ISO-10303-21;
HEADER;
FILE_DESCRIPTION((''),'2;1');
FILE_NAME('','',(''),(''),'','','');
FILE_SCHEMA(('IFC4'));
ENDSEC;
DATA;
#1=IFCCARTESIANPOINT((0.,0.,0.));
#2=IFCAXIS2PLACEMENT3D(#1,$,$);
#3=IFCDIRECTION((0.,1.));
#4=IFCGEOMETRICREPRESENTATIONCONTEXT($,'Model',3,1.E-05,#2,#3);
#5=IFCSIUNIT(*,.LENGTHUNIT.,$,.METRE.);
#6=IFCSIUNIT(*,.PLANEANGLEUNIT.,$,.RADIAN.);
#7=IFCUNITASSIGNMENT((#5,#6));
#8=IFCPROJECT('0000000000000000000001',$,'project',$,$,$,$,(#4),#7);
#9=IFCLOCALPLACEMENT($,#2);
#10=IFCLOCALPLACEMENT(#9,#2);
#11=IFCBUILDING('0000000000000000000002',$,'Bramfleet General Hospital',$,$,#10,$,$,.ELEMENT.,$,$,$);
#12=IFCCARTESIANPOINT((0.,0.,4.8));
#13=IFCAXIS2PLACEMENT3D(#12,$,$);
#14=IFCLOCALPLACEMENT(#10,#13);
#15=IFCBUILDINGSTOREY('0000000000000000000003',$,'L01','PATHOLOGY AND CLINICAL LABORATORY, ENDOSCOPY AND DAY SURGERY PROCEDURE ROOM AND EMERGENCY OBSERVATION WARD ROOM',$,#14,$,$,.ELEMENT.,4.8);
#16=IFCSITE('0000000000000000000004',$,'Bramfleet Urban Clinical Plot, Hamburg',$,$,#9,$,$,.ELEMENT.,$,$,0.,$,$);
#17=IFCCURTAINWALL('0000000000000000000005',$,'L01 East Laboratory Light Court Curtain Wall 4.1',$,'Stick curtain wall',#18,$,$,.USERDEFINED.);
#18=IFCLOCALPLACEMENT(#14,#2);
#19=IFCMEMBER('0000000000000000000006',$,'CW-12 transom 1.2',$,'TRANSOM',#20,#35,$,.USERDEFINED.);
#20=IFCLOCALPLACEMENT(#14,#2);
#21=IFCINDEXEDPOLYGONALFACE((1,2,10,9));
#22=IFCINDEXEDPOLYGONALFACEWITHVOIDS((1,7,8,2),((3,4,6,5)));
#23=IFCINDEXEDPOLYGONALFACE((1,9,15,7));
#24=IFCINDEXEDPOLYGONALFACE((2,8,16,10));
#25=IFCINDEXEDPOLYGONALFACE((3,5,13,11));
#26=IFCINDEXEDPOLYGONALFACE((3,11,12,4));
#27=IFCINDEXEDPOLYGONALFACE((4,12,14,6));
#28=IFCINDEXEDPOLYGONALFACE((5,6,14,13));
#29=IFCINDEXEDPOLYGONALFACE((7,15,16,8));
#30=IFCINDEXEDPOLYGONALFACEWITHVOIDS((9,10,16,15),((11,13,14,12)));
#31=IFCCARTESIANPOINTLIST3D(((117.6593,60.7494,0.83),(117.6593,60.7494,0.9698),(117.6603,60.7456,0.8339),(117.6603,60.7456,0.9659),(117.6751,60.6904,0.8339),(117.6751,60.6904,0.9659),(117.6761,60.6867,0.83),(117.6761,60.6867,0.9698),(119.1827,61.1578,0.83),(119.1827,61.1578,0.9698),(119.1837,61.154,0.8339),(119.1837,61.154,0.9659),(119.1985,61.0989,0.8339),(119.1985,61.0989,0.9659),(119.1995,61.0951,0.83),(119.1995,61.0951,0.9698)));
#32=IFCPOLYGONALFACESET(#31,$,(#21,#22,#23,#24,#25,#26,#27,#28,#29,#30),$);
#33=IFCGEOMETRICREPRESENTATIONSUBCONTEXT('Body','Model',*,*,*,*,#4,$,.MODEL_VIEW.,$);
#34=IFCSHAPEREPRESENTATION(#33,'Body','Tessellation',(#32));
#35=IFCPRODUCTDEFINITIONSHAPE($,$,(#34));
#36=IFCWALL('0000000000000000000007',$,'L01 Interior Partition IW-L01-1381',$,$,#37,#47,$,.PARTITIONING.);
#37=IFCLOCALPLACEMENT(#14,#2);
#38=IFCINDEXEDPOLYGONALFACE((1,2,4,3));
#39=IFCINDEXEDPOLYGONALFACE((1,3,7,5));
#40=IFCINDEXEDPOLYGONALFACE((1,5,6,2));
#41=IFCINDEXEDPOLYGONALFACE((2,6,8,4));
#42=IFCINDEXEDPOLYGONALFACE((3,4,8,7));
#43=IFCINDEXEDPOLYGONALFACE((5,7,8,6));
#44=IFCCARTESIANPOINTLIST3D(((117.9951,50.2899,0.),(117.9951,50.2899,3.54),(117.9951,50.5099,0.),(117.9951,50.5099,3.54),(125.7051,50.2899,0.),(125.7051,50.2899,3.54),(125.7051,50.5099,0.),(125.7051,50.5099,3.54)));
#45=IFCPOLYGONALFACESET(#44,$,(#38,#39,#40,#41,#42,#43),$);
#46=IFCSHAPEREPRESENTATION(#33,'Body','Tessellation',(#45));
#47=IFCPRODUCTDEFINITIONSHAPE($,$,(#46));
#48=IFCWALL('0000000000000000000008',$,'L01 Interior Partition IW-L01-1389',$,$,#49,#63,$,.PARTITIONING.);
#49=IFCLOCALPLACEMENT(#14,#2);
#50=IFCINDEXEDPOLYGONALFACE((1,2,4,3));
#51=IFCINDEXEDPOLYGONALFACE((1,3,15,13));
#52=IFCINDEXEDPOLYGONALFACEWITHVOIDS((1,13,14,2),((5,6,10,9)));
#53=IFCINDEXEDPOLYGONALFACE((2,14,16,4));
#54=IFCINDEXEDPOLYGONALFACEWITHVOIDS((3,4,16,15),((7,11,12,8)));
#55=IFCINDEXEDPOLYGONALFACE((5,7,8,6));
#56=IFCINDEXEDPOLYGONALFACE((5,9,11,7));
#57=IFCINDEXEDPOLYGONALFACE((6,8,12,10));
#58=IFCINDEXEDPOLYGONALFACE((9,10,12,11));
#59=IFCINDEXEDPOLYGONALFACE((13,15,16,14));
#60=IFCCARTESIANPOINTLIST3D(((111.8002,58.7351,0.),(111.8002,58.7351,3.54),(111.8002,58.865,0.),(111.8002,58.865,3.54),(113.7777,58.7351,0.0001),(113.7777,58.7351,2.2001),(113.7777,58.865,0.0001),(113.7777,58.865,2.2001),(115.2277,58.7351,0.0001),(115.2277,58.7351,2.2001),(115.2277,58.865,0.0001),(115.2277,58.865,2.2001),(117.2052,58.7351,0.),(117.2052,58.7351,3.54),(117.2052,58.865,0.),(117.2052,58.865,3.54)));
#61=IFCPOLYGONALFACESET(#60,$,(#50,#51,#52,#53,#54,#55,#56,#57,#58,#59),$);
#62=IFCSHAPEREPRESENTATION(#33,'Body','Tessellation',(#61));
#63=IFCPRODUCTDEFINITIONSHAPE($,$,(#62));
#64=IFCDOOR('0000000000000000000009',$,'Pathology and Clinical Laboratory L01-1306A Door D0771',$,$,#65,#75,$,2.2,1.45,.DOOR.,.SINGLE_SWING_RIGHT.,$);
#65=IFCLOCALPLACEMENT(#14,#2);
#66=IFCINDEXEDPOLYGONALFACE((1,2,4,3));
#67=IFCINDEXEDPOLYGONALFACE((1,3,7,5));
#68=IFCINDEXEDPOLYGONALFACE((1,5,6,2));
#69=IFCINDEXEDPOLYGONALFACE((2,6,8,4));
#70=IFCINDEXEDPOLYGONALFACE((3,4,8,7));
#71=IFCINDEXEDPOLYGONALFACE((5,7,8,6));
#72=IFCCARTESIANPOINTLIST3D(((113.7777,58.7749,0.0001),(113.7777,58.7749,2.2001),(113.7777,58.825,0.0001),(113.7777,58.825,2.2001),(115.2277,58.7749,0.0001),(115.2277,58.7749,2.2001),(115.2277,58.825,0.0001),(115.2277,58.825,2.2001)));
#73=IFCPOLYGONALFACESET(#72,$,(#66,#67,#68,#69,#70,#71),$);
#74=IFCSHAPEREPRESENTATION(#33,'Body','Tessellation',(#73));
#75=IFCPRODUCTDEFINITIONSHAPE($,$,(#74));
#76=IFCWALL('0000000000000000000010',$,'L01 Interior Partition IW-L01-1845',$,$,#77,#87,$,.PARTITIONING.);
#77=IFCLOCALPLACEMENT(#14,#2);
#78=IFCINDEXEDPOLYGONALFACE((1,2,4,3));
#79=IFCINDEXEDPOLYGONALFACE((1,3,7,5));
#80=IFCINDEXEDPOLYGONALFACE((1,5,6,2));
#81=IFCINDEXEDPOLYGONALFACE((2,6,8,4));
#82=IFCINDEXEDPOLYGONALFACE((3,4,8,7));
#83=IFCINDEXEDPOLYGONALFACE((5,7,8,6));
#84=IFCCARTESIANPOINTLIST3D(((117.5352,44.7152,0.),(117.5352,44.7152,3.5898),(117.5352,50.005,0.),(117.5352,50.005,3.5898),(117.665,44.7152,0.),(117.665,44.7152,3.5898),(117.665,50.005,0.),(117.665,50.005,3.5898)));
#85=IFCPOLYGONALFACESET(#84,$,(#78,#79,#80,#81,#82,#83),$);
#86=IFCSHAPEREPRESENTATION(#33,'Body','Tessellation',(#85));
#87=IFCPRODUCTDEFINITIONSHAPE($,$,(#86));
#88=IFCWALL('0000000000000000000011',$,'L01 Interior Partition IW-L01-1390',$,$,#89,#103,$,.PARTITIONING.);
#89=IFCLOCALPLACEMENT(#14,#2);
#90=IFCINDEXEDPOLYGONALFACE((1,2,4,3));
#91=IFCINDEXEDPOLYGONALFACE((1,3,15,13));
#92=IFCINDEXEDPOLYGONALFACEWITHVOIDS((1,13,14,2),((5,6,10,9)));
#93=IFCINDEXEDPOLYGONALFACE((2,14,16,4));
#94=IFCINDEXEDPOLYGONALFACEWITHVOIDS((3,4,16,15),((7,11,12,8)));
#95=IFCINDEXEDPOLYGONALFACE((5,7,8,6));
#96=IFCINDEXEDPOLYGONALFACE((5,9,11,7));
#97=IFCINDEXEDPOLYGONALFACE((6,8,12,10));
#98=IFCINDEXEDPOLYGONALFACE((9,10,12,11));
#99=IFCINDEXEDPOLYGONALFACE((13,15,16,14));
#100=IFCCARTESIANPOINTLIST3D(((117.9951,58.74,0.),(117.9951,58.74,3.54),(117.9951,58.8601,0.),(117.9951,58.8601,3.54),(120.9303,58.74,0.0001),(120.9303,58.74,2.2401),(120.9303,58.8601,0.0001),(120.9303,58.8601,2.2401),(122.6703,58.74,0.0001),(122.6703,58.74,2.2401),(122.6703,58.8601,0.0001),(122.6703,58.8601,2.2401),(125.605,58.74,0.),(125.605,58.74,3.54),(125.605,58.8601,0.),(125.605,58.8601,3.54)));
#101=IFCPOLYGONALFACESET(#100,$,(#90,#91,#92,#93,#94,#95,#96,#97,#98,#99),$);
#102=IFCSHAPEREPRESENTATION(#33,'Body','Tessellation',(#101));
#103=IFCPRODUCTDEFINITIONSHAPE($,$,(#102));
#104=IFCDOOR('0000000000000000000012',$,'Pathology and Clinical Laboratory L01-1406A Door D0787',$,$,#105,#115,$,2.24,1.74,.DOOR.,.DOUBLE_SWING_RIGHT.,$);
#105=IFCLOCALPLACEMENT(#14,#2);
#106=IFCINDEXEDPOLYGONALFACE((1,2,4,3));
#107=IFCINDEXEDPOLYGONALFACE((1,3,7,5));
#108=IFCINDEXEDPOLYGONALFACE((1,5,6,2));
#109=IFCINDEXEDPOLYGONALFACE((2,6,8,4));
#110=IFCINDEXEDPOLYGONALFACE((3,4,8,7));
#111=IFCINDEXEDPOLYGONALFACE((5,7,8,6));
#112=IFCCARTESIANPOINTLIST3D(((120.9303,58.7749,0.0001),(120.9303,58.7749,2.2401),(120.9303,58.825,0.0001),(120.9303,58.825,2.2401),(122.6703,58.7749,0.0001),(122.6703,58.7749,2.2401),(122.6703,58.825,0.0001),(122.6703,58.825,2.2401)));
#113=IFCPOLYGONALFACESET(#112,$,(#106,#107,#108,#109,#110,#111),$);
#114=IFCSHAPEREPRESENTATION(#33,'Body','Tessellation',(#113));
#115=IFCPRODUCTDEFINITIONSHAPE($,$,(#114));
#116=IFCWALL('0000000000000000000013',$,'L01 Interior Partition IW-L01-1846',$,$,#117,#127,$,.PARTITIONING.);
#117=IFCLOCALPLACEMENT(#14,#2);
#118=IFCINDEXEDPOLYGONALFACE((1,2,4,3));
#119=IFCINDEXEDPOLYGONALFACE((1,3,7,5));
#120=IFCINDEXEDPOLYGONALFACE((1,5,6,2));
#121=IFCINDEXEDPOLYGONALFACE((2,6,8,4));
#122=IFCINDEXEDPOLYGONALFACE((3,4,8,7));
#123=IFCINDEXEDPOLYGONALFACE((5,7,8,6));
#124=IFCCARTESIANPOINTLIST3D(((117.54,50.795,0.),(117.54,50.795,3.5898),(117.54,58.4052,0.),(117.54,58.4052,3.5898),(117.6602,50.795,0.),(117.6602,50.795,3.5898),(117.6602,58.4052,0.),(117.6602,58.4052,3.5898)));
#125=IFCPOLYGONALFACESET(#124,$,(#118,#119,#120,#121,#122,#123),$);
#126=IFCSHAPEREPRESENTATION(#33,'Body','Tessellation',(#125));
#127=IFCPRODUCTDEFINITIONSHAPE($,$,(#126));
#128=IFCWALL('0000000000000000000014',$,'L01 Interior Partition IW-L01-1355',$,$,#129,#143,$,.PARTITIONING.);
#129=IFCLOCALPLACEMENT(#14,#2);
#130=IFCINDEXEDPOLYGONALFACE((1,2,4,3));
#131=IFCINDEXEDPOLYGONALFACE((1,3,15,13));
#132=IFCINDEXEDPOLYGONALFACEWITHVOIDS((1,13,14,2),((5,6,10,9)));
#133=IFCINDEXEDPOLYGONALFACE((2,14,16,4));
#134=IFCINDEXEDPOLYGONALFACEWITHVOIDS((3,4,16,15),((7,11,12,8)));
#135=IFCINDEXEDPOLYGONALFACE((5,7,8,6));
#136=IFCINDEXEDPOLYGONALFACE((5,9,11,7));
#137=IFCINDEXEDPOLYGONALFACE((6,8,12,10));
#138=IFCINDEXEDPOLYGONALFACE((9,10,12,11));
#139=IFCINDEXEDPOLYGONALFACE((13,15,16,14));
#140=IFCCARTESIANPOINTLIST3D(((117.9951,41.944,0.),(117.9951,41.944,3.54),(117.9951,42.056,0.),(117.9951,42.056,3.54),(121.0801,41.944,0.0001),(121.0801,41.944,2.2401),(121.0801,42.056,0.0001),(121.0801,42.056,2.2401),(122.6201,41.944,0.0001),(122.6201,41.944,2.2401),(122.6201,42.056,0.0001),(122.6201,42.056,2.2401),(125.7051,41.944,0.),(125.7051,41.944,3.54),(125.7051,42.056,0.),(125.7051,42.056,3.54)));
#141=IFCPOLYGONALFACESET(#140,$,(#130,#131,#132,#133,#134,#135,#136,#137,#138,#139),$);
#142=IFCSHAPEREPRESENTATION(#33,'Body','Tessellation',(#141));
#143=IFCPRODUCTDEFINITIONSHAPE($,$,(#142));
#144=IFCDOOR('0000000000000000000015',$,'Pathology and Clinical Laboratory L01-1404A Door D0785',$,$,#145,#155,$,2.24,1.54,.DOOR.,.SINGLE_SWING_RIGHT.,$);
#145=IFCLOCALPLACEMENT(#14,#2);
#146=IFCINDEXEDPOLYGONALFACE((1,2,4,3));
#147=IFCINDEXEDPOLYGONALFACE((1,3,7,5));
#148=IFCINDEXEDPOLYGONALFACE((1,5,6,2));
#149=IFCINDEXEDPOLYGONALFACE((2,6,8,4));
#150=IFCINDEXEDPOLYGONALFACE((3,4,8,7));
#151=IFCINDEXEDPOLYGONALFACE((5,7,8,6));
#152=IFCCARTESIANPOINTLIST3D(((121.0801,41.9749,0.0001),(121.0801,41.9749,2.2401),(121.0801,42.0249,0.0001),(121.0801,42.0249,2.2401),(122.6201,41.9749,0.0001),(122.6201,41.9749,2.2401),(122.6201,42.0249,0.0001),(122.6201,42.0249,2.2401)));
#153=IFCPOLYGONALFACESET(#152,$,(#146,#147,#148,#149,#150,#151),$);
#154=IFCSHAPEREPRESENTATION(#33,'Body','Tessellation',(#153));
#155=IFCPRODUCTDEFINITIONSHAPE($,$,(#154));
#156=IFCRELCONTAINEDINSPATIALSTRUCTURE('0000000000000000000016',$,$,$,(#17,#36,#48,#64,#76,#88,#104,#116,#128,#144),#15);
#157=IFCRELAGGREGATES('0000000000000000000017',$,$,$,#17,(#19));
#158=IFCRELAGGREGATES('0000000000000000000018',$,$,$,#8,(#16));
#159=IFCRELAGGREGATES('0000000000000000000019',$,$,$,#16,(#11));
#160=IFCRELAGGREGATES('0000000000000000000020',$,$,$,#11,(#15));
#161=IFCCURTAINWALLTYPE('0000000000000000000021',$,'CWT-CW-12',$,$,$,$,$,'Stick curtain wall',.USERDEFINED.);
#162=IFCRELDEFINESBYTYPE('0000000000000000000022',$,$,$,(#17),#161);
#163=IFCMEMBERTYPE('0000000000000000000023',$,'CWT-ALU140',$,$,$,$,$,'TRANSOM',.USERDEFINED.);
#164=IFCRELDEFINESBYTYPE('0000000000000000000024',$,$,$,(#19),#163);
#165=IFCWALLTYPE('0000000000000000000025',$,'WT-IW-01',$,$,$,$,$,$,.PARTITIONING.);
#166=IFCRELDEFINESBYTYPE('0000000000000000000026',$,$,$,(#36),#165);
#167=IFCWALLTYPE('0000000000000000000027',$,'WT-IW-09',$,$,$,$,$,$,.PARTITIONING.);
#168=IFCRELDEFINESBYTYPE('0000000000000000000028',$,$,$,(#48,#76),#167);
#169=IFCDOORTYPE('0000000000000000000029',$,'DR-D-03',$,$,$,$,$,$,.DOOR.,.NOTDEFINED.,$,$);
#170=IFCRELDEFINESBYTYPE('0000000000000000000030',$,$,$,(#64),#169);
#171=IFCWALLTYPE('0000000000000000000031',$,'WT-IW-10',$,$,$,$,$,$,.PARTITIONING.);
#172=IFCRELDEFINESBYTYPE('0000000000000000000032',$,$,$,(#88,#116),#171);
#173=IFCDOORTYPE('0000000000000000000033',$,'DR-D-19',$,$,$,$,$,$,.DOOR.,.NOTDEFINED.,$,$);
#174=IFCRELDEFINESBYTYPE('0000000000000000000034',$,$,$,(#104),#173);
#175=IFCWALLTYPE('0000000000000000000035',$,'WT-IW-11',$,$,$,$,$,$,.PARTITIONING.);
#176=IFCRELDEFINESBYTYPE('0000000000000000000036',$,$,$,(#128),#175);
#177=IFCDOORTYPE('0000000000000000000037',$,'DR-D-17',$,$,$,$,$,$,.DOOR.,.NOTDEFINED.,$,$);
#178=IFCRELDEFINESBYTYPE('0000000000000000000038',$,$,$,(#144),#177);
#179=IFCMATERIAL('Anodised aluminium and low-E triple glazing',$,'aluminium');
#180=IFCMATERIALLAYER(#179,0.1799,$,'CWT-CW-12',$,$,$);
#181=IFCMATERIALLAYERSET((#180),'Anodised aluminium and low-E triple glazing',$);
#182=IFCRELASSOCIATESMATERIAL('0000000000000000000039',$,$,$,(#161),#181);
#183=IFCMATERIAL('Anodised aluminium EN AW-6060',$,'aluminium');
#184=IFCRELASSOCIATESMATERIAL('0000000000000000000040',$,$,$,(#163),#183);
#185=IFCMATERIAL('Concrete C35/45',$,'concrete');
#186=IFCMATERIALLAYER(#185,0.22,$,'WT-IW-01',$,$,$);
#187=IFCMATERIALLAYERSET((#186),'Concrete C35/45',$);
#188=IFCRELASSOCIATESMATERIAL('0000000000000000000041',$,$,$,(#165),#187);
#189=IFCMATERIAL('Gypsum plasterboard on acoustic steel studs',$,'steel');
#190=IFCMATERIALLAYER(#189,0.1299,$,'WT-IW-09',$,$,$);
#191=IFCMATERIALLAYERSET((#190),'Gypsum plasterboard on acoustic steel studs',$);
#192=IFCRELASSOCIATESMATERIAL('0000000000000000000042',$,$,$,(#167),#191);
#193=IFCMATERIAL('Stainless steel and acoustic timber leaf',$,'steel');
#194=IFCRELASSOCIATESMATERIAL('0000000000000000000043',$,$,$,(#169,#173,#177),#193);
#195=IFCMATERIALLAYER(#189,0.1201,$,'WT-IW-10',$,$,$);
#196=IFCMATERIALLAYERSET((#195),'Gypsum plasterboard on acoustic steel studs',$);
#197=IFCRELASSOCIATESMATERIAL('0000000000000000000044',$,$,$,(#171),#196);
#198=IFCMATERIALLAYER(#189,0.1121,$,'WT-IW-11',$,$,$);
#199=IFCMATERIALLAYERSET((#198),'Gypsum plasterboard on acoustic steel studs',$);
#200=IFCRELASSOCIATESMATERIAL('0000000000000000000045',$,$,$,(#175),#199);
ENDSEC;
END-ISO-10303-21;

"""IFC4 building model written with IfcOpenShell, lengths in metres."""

from ifc_helpers import new_model, si_unit, direction, frame, frame_2d, origin, origin_2d, place, context, subcontext, project, spatial, rectangle, hollow_rectangle, extrude, material, layer, layer_set, material_profile, profile_set, type_object, element, fill, aggregate, save


model = new_model("IFC4")

# Units and contexts
model_context = context("Model", 3, precision=1e-05, world=origin(), true_north=direction((0.0, 1.0)))
body_context = subcontext(model_context, "Body", "Model", "MODEL_VIEW")
ifc_project = project(units=[si_unit("LENGTHUNIT", "METRE"), si_unit("PLANEANGLEUNIT", "RADIAN")], contexts=[model_context])

# Site, building, storey
site_placement = place(None, origin())
site = spatial("IfcSite", under=ifc_project, at=site_placement, Name="Bramfleet Urban Clinical Plot, Hamburg", CompositionType="ELEMENT", RefElevation=0.0)
building_placement = place(site_placement, origin())
building = spatial("IfcBuilding", under=site, at=building_placement, Name="Bramfleet General Hospital", CompositionType="ELEMENT")
storey_placement = place(building_placement, frame((0.0, 0.0, 4.8)))
storey = spatial("IfcBuildingStorey", under=building, at=storey_placement, Name="L01", Description="PATHOLOGY AND CLINICAL LABORATORY, ENDOSCOPY AND DAY SURGERY PROCEDURE ROOM AND EMERGENCY OBSERVATION WARD ROOM", CompositionType="ELEMENT", Elevation=4.8)

# Shared definitions
ifc_material_1 = material(Name="Concrete C35/45", Category="concrete")

# Shared definitions
ifc_material_2 = material(Name="Anodised aluminium and low-E triple glazing", Category="aluminium")
ifc_material_3 = material(Name="Anodised aluminium EN AW-6060", Category="aluminium")

# Curtain wall, member
ifc_layer_1 = layer(ifc_material_2, 0.1799, Name="CWT-CW-12")
ifc_layer_set_1 = layer_set([ifc_layer_1], Name="Anodised aluminium and low-E triple glazing")
curtain_wall_type_1 = type_object("IfcCurtainWallType", Name="CWT-CW-12", ElementType="Stick curtain wall", PredefinedType="USERDEFINED", material=ifc_layer_set_1)
curtain_wall_1_placement = place(storey_placement, origin())
curtain_wall_1 = element("IfcCurtainWall", 1, at=curtain_wall_1_placement, inside=storey, type_object=curtain_wall_type_1, Name="L01 East Laboratory Light Court Curtain Wall 4.1", ObjectType="Stick curtain wall", PredefinedType="USERDEFINED")
ifc_material_profile_1 = material_profile(ifc_material_3, hollow_rectangle(XDim=0.0649, YDim=0.1399, WallThickness=0.0039, at=origin_2d()), Name="ALU 140x65x4.0")
ifc_profile_set_1 = profile_set([ifc_material_profile_1], Name="Anodised aluminium EN AW-6060")
member_type_1 = type_object("IfcMemberType", Name="CWT-ALU140", ElementType="TRANSOM", PredefinedType="USERDEFINED", material=ifc_profile_set_1)
member_1_placement = place(storey_placement, frame((117.6677, 60.718, 0.8999), z_axis=(0.965887, 0.258963, 0.0), x_axis=(-0.258963, 0.965887, 0.0)))
member_1 = element("IfcMember", 2, at=member_1_placement, type_object=member_type_1, Name="CW-12 transom 1.2", ObjectType="TRANSOM", PredefinedType="USERDEFINED", context=body_context, shape_type="SweptSolid", body=[
    extrude(hollow_rectangle(XDim=0.0649, YDim=0.1399, WallThickness=0.0039, at=origin_2d()), origin(), (0.0, 0.0, 1.0), 1.5771),
])
aggregate(curtain_wall_1, [member_1])

# Wall
ifc_layer_2 = layer(ifc_material_1, 0.22, Name="WT-IW-01")
ifc_layer_set_2 = layer_set([ifc_layer_2], Name="Concrete C35/45")
wall_type_1 = type_object("IfcWallType", Name="WT-IW-01", PredefinedType="PARTITIONING", material=ifc_layer_set_2)
wall_1_placement = place(storey_placement, frame((117.9951, 50.3999, 0.0), z_axis=(0.0, 0.0, 1.0), x_axis=(1.0, 0.0, 0.0)))
element("IfcWall", 3, at=wall_1_placement, inside=storey, type_object=wall_type_1, Name="L01 Interior Partition IW-L01-1381", PredefinedType="PARTITIONING", context=body_context, shape_type="SweptSolid", body=[
    extrude(rectangle(XDim=7.71, YDim=0.22, at=frame_2d((3.855, 0.0))), origin(), (0.0, 0.0, 1.0), 3.54),
])

# Wall, opening, door
ifc_material_4 = material(Name="Gypsum plasterboard on acoustic steel studs", Category="steel")
ifc_layer_3 = layer(ifc_material_4, 0.1299, Name="WT-IW-09")
ifc_layer_set_3 = layer_set([ifc_layer_3], Name="Gypsum plasterboard on acoustic steel studs")
wall_type_2 = type_object("IfcWallType", Name="WT-IW-09", PredefinedType="PARTITIONING", material=ifc_layer_set_3)
wall_2_placement = place(storey_placement, frame((111.8, 58.8, 0.0), z_axis=(0.0, 0.0, 1.0), x_axis=(1.0, 0.0, 0.0)))
wall_2 = element("IfcWall", 4, at=wall_2_placement, inside=storey, type_object=wall_type_2, Name="L01 Interior Partition IW-L01-1389", PredefinedType="PARTITIONING", context=body_context, shape_type="SweptSolid", body=[
    extrude(rectangle(XDim=5.405, YDim=0.1299, at=frame_2d((2.7026, 0.0))), origin(), (0.0, 0.0, 1.0), 3.54),
])
opening_1_placement = place(wall_2_placement, frame((1.9775, 0.0, 0.0)))
opening_1 = element("IfcOpeningElement", 5, at=opening_1_placement, cuts=wall_2, PredefinedType="OPENING", context=body_context, shape_type="SweptSolid", body=[
    extrude(rectangle(XDim=1.45, YDim=2.2, at=frame_2d((0.7251, 1.1001))), frame((0.0, 0.075, 0.0), z_axis=(0.0, -1.0, 0.0), x_axis=(1.0, 0.0, 0.0)), (0.0, 0.0, 1.0), 0.1499),
])
ifc_material_5 = material(Name="Stainless steel and acoustic timber leaf", Category="steel")
door_type_1 = type_object("IfcDoorType", Name="DR-D-03", OperationType="NOTDEFINED", PredefinedType="DOOR", material=ifc_material_5)
door_1_placement = place(opening_1_placement, origin())
door_1 = element("IfcDoor", 6, at=door_1_placement, inside=storey, type_object=door_type_1, Name="Pathology and Clinical Laboratory L01-1306A Door D0771", OperationType="SINGLE_SWING_RIGHT", OverallHeight=2.2, OverallWidth=1.45, PredefinedType="DOOR", context=body_context, shape_type="SweptSolid", body=[
    extrude(rectangle(XDim=1.45, YDim=2.2, at=frame_2d((0.7251, 1.1001))), frame((0.0, 0.0249, 0.0), z_axis=(0.0, -1.0, 0.0), x_axis=(1.0, 0.0, 0.0)), (0.0, 0.0, 1.0), 0.05),
])
fill(opening_1, door_1)

# Wall
wall_3_placement = place(storey_placement, frame((117.6001, 44.7151, 0.0), z_axis=(0.0, 0.0, 1.0), x_axis=(0.0, 1.0, 0.0)))
element("IfcWall", 7, at=wall_3_placement, inside=storey, type_object=wall_type_2, Name="L01 Interior Partition IW-L01-1845", PredefinedType="PARTITIONING", context=body_context, shape_type="SweptSolid", body=[
    extrude(rectangle(XDim=5.2898, YDim=0.1299, at=frame_2d((2.645, 0.0))), origin(), (0.0, 0.0, 1.0), 3.5898),
])

# Wall, opening, door
ifc_layer_4 = layer(ifc_material_4, 0.1201, Name="WT-IW-10")
ifc_layer_set_4 = layer_set([ifc_layer_4], Name="Gypsum plasterboard on acoustic steel studs")
wall_type_3 = type_object("IfcWallType", Name="WT-IW-10", PredefinedType="PARTITIONING", material=ifc_layer_set_4)
wall_4_placement = place(storey_placement, frame((117.9951, 58.8, 0.0), z_axis=(0.0, 0.0, 1.0), x_axis=(1.0, 0.0, 0.0)))
wall_4 = element("IfcWall", 8, at=wall_4_placement, inside=storey, type_object=wall_type_3, Name="L01 Interior Partition IW-L01-1390", PredefinedType="PARTITIONING", context=body_context, shape_type="SweptSolid", body=[
    extrude(rectangle(XDim=7.6099, YDim=0.1201, at=frame_2d((3.8049, 0.0))), origin(), (0.0, 0.0, 1.0), 3.54),
])
opening_2_placement = place(wall_4_placement, frame((2.9351, 0.0, 0.0)))
opening_2 = element("IfcOpeningElement", 9, at=opening_2_placement, cuts=wall_4, PredefinedType="OPENING", context=body_context, shape_type="SweptSolid", body=[
    extrude(rectangle(XDim=1.74, YDim=2.24, at=frame_2d((0.8701, 1.1201))), frame((0.0, 0.0701, 0.0), z_axis=(0.0, -1.0, 0.0), x_axis=(1.0, 0.0, 0.0)), (0.0, 0.0, 1.0), 0.1401),
])
door_type_2 = type_object("IfcDoorType", Name="DR-D-19", OperationType="NOTDEFINED", PredefinedType="DOOR", material=ifc_material_5)
door_2_placement = place(opening_2_placement, origin())
door_2 = element("IfcDoor", 10, at=door_2_placement, inside=storey, type_object=door_type_2, Name="Pathology and Clinical Laboratory L01-1406A Door D0787", OperationType="DOUBLE_SWING_RIGHT", OverallHeight=2.24, OverallWidth=1.74, PredefinedType="DOOR", context=body_context, shape_type="SweptSolid", body=[
    extrude(rectangle(XDim=1.74, YDim=2.24, at=frame_2d((0.8701, 1.1201))), frame((0.0, 0.0249, 0.0), z_axis=(0.0, -1.0, 0.0), x_axis=(1.0, 0.0, 0.0)), (0.0, 0.0, 1.0), 0.05),
])
fill(opening_2, door_2)

# Wall
wall_5_placement = place(storey_placement, frame((117.6001, 50.7949, 0.0), z_axis=(0.0, 0.0, 1.0), x_axis=(0.0, 1.0, 0.0)))
element("IfcWall", 11, at=wall_5_placement, inside=storey, type_object=wall_type_3, Name="L01 Interior Partition IW-L01-1846", PredefinedType="PARTITIONING", context=body_context, shape_type="SweptSolid", body=[
    extrude(rectangle(XDim=7.6101, YDim=0.1201, at=frame_2d((3.8052, 0.0))), origin(), (0.0, 0.0, 1.0), 3.5898),
])

# Wall, opening, door
ifc_layer_5 = layer(ifc_material_4, 0.1121, Name="WT-IW-11")
ifc_layer_set_5 = layer_set([ifc_layer_5], Name="Gypsum plasterboard on acoustic steel studs")
wall_type_4 = type_object("IfcWallType", Name="WT-IW-11", PredefinedType="PARTITIONING", material=ifc_layer_set_5)
wall_6_placement = place(storey_placement, frame((117.9951, 42.0, 0.0), z_axis=(0.0, 0.0, 1.0), x_axis=(1.0, 0.0, 0.0)))
wall_6 = element("IfcWall", 12, at=wall_6_placement, inside=storey, type_object=wall_type_4, Name="L01 Interior Partition IW-L01-1355", PredefinedType="PARTITIONING", context=body_context, shape_type="SweptSolid", body=[
    extrude(rectangle(XDim=7.71, YDim=0.1121, at=frame_2d((3.855, 0.0))), origin(), (0.0, 0.0, 1.0), 3.54),
])
opening_3_placement = place(wall_6_placement, frame((3.085, 0.0, 0.0)))
opening_3 = element("IfcOpeningElement", 13, at=opening_3_placement, cuts=wall_6, PredefinedType="OPENING", context=body_context, shape_type="SweptSolid", body=[
    extrude(rectangle(XDim=1.54, YDim=2.24, at=frame_2d((0.77, 1.1201))), frame((0.0, 0.0659, 0.0), z_axis=(0.0, -1.0, 0.0), x_axis=(1.0, 0.0, 0.0)), (0.0, 0.0, 1.0), 0.1321),
])
door_type_3 = type_object("IfcDoorType", Name="DR-D-17", OperationType="NOTDEFINED", PredefinedType="DOOR", material=ifc_material_5)
door_3_placement = place(opening_3_placement, origin())
door_3 = element("IfcDoor", 14, at=door_3_placement, inside=storey, type_object=door_type_3, Name="Pathology and Clinical Laboratory L01-1404A Door D0785", OperationType="SINGLE_SWING_RIGHT", OverallHeight=2.24, OverallWidth=1.54, PredefinedType="DOOR", context=body_context, shape_type="SweptSolid", body=[
    extrude(rectangle(XDim=1.54, YDim=2.24, at=frame_2d((0.77, 1.1201))), frame((0.0, 0.0249, 0.0), z_axis=(0.0, -1.0, 0.0), x_axis=(1.0, 0.0, 0.0)), (0.0, 0.0, 1.0), 0.05),
])
fill(opening_3, door_3)

save(model, "model.ifc")
